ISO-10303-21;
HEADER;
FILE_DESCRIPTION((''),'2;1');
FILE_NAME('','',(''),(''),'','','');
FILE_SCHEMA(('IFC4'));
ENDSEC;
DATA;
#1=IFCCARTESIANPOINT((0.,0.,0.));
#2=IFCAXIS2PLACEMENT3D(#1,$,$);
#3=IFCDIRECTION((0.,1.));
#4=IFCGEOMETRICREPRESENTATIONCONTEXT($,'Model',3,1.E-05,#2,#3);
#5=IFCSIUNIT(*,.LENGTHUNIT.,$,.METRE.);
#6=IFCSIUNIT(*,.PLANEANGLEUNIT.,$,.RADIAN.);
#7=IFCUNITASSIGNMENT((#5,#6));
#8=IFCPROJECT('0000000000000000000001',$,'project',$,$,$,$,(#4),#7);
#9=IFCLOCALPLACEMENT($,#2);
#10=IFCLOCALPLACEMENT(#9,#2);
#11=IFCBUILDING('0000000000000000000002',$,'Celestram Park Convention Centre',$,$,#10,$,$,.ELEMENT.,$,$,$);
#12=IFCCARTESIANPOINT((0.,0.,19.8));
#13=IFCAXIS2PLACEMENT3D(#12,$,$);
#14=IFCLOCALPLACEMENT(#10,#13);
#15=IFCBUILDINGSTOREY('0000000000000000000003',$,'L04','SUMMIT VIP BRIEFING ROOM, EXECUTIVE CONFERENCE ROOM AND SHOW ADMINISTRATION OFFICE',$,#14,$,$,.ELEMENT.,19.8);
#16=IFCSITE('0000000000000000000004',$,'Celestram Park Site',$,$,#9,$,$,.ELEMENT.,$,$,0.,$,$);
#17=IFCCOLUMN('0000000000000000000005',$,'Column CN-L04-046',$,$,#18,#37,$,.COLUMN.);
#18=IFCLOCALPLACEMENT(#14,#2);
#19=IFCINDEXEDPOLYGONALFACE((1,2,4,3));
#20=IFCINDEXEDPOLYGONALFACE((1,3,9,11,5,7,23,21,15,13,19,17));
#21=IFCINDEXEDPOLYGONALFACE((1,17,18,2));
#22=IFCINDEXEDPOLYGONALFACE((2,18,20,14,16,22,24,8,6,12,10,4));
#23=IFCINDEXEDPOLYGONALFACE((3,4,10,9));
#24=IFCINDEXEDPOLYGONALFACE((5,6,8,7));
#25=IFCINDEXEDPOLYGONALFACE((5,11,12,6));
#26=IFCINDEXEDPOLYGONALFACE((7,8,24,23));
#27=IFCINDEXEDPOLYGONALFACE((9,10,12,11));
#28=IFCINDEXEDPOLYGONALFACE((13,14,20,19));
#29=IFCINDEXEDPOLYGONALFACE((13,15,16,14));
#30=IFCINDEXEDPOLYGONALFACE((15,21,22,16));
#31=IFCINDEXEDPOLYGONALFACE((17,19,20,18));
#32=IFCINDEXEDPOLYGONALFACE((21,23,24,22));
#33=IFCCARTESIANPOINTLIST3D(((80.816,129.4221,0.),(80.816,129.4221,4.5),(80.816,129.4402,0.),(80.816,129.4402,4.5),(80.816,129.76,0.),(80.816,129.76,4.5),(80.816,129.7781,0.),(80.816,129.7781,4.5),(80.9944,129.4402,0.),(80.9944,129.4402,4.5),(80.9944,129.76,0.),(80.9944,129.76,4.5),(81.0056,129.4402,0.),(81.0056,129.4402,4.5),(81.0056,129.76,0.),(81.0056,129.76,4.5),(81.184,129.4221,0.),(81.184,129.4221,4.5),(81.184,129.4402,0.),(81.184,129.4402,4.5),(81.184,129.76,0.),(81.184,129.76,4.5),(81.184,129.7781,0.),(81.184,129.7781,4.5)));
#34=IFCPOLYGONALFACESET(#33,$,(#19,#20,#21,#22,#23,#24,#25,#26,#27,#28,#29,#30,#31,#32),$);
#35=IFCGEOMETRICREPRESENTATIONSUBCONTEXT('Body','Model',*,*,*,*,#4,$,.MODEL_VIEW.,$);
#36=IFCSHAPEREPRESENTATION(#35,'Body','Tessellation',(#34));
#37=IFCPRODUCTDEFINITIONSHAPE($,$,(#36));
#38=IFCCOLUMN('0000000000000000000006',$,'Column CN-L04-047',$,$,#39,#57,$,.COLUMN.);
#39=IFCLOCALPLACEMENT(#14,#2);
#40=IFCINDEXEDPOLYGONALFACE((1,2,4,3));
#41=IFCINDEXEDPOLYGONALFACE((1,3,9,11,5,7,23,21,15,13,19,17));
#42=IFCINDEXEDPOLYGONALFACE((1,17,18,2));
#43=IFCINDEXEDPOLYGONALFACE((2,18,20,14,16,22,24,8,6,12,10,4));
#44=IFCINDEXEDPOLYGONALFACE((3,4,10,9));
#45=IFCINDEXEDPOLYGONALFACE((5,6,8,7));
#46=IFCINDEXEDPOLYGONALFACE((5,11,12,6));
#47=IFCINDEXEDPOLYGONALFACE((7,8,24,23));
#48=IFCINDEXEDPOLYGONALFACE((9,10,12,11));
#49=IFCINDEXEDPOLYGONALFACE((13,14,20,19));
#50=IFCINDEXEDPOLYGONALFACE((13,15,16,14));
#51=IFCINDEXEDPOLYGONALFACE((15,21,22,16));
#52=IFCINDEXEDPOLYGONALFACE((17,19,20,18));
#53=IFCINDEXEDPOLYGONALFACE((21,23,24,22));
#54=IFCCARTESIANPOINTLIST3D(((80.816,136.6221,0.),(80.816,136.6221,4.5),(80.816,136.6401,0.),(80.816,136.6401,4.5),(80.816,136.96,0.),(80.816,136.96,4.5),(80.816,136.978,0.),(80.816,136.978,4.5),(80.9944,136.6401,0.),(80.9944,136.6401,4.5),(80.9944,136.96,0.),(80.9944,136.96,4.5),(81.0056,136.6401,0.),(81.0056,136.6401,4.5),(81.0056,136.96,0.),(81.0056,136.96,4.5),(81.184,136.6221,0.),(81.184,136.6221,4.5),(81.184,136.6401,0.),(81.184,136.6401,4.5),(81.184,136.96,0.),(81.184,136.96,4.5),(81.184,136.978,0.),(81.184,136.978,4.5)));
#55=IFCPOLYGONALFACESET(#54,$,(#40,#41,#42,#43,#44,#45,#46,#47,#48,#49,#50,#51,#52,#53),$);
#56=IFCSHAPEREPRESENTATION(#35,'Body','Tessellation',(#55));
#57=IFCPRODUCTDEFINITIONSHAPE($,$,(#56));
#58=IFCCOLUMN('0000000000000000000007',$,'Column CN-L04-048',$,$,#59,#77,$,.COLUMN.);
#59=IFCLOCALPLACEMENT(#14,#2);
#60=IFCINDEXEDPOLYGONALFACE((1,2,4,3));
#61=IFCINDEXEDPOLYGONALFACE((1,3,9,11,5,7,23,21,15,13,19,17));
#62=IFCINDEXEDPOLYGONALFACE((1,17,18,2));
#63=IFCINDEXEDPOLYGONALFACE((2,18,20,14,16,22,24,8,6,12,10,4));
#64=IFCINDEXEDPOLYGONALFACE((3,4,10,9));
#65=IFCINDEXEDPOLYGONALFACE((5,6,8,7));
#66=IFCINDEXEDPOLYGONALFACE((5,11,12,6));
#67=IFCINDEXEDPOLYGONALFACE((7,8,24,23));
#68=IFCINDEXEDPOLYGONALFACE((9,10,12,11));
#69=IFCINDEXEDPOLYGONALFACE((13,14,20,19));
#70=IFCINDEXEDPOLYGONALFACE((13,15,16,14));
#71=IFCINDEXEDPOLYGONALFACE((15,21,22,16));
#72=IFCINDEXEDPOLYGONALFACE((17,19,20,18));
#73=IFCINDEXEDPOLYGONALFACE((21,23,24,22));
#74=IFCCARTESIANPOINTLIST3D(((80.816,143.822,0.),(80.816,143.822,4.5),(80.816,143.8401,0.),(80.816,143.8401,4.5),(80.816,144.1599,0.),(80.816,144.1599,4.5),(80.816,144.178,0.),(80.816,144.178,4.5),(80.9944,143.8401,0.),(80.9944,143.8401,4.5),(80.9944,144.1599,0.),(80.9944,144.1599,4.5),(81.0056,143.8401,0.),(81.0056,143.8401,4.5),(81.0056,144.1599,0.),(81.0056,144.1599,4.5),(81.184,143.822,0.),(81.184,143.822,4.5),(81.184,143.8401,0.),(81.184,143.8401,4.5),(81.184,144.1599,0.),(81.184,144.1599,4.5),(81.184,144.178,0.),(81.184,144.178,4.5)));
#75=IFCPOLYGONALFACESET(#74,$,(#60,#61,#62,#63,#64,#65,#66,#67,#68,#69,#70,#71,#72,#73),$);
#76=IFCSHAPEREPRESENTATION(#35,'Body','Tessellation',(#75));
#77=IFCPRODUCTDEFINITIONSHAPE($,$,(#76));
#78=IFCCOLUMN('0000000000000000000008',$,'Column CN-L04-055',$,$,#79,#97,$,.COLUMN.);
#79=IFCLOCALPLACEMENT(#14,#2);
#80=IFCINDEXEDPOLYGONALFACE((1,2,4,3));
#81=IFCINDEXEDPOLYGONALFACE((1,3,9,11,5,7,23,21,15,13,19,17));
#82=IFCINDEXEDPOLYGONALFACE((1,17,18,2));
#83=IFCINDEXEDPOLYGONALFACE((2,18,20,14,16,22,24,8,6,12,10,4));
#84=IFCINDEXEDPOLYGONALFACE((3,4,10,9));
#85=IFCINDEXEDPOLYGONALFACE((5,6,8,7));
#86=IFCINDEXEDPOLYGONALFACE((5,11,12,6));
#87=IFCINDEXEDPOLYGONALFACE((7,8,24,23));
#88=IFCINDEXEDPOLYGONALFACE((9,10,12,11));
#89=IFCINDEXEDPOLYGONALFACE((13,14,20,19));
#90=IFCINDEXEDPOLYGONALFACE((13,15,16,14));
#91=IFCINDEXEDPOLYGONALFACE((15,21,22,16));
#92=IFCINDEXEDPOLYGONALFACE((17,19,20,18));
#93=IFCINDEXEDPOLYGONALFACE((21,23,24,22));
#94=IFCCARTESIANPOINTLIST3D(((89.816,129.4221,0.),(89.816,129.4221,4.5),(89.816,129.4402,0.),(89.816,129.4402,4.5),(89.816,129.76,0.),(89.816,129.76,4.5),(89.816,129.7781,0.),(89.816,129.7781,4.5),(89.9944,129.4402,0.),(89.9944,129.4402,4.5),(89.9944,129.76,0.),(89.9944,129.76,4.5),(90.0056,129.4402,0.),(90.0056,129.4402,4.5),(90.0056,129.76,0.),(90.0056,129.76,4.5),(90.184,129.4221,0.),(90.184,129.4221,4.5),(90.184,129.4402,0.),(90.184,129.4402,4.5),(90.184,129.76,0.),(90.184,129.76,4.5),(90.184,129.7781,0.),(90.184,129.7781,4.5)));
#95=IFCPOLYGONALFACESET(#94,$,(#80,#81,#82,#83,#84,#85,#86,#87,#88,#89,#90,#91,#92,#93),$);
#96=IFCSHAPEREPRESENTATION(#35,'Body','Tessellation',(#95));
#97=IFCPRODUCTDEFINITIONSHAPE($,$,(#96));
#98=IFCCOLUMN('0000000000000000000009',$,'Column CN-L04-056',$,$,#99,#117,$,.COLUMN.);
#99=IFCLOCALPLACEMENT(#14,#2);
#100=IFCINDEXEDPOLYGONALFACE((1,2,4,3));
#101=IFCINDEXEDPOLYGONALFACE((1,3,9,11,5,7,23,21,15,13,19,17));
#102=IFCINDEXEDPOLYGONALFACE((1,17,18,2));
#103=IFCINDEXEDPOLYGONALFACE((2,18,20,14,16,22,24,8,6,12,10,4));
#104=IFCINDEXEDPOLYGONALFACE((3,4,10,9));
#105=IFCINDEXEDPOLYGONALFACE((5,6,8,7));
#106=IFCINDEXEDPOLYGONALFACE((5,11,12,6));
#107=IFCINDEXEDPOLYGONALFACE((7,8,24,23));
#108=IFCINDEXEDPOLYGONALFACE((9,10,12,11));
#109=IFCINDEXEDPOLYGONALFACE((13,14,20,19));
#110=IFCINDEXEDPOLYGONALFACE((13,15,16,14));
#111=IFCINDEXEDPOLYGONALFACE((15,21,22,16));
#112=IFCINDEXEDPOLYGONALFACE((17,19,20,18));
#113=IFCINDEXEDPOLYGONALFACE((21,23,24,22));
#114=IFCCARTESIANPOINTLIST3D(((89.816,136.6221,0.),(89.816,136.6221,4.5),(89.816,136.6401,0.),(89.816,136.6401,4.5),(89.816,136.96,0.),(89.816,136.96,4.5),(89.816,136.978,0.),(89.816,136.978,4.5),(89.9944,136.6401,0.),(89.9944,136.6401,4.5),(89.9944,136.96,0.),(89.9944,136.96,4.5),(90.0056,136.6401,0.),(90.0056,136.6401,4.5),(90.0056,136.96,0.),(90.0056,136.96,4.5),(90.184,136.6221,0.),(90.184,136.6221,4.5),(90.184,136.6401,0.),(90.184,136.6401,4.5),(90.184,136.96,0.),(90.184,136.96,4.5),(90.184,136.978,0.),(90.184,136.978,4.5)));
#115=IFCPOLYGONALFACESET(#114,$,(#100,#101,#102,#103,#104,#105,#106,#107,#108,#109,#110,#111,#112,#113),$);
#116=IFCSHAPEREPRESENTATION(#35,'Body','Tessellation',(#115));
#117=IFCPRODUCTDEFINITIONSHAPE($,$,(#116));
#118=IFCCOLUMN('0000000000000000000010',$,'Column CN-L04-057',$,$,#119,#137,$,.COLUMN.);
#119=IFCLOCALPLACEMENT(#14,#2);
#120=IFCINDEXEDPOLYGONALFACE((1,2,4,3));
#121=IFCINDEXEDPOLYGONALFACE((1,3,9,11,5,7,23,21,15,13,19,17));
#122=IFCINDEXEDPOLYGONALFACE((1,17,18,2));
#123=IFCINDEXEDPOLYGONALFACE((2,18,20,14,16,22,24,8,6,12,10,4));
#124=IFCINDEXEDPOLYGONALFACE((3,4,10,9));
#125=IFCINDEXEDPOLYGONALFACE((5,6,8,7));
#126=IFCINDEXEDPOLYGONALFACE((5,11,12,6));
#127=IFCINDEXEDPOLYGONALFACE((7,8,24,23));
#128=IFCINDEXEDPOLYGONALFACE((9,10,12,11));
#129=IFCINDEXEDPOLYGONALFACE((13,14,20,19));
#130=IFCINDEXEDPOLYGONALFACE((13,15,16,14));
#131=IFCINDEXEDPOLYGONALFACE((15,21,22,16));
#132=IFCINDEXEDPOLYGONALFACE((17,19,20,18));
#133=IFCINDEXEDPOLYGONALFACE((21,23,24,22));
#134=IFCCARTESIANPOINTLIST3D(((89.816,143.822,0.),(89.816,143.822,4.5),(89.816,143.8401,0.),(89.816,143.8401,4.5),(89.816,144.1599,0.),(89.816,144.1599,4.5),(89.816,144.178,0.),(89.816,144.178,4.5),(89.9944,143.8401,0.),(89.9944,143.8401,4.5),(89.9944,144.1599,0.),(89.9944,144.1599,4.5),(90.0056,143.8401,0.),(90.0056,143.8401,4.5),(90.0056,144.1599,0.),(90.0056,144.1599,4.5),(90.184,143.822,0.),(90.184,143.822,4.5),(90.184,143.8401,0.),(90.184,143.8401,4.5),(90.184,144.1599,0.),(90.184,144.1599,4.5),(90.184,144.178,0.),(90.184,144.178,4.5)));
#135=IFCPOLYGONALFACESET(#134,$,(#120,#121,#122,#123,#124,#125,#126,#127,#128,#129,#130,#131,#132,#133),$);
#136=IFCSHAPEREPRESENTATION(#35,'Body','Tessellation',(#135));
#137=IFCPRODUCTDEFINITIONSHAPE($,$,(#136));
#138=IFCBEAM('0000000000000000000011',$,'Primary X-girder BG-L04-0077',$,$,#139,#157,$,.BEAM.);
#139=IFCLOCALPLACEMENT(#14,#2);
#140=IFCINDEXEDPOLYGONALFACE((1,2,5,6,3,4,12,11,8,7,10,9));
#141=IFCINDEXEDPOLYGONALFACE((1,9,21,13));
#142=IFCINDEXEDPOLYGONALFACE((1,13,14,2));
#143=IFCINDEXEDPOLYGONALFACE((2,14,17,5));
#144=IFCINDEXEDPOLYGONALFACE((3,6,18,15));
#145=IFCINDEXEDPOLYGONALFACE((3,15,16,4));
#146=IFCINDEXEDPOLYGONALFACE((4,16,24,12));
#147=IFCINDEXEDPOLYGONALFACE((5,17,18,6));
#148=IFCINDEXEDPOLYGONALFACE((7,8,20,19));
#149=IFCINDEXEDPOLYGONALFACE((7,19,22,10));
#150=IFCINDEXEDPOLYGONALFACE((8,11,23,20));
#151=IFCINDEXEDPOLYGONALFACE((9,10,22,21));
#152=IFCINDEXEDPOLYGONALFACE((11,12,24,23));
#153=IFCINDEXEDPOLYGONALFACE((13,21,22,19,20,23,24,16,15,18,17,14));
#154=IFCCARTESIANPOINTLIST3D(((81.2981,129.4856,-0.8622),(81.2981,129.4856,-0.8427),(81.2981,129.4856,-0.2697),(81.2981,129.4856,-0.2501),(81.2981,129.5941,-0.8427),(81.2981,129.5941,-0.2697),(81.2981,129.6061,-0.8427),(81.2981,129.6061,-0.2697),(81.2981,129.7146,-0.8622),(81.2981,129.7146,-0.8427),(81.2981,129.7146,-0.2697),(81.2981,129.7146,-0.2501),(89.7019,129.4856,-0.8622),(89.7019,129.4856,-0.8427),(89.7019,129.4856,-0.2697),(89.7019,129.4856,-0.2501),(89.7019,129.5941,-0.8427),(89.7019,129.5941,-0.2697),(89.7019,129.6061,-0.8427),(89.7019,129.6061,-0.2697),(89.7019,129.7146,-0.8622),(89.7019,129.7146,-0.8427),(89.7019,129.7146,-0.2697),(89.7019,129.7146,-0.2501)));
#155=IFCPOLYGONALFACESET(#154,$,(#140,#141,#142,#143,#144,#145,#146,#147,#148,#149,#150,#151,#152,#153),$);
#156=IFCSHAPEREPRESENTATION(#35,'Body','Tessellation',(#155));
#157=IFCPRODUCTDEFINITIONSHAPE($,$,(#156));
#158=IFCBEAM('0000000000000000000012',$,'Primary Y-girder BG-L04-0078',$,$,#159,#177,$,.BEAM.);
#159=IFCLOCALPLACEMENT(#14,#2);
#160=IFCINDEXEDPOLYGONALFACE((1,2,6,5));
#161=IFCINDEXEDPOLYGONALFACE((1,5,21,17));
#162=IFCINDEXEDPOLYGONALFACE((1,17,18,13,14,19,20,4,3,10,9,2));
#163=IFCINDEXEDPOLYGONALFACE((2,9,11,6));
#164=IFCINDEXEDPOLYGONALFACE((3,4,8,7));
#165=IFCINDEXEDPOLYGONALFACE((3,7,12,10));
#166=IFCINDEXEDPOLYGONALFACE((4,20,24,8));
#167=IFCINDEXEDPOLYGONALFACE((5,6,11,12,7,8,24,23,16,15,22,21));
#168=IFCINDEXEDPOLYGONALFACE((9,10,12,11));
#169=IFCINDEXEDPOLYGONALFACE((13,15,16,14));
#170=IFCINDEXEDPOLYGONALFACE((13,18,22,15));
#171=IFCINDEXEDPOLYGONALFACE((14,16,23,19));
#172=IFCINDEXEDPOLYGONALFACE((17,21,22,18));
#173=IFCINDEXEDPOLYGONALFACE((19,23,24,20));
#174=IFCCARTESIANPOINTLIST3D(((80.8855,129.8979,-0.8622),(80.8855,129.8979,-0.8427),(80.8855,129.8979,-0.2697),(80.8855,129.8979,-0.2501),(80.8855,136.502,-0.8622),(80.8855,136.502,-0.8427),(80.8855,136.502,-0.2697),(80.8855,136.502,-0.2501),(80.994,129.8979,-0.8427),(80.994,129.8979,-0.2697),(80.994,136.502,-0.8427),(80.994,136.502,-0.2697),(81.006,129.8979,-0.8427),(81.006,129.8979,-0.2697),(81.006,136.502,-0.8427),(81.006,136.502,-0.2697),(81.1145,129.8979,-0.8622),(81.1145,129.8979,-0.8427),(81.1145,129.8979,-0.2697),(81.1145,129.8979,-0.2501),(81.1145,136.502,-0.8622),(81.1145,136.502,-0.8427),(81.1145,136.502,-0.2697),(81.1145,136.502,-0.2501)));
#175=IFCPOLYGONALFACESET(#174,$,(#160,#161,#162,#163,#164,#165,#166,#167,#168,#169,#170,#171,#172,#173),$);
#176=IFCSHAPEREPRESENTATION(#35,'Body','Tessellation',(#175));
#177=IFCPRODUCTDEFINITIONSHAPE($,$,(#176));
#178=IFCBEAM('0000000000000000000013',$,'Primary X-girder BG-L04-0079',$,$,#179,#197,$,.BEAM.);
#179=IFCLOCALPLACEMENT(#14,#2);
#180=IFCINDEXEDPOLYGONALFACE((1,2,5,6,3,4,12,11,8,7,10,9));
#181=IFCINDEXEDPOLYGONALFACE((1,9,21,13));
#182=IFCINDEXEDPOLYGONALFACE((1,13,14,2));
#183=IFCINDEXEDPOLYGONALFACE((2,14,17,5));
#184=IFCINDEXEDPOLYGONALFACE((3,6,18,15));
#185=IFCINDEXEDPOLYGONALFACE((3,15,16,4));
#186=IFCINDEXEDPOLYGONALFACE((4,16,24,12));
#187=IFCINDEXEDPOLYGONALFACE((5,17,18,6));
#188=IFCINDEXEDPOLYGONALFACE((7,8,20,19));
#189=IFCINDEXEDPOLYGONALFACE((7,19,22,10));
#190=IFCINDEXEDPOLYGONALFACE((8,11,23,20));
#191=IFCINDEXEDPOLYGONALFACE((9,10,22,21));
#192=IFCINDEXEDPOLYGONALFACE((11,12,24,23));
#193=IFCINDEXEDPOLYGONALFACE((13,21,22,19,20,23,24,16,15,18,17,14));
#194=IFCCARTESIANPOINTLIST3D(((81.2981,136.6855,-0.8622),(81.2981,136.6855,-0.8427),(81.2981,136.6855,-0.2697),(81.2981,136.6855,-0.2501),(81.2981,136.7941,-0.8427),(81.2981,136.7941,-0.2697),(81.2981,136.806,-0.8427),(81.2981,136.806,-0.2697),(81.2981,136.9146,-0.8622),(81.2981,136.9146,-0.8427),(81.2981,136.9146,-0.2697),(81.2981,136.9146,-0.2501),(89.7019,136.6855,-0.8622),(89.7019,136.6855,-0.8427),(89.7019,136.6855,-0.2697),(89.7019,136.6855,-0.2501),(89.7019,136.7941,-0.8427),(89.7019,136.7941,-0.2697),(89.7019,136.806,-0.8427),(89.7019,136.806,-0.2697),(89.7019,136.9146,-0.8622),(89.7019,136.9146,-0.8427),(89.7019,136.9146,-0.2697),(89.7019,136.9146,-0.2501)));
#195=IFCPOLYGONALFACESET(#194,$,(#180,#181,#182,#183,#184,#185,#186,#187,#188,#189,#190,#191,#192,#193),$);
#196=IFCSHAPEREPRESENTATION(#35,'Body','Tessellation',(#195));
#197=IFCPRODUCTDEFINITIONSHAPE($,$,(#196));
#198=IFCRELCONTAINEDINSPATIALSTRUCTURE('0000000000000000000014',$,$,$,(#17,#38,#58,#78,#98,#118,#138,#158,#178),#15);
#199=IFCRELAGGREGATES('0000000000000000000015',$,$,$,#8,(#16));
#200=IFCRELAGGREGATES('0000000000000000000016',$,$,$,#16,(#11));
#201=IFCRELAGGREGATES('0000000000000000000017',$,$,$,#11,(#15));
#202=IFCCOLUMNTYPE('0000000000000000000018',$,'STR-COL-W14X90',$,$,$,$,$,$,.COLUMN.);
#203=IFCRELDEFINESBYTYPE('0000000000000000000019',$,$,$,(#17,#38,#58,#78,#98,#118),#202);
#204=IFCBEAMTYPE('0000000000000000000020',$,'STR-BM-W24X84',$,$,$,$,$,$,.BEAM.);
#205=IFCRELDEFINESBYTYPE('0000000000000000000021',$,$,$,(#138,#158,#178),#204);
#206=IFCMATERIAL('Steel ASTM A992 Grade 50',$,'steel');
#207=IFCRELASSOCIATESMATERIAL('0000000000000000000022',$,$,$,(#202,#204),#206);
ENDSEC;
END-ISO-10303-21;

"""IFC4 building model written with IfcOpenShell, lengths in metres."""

from ifc_helpers import new_model, si_unit, direction, frame, origin, origin_2d, place, context, subcontext, project, spatial, i_section, extrude, material, material_profile, profile_set, type_object, element, save


model = new_model("IFC4")

# Units and contexts
model_context = context("Model", 3, precision=1e-05, world=origin(), true_north=direction((0.0, 1.0)))
body_context = subcontext(model_context, "Body", "Model", "MODEL_VIEW")
ifc_project = project(units=[si_unit("LENGTHUNIT", "METRE"), si_unit("PLANEANGLEUNIT", "RADIAN")], contexts=[model_context])

# Site, building, storey
site_placement = place(None, origin())
site = spatial("IfcSite", under=ifc_project, at=site_placement, Name="Celestram Park Site", CompositionType="ELEMENT", RefElevation=0.0)
building_placement = place(site_placement, origin())
building = spatial("IfcBuilding", under=site, at=building_placement, Name="Celestram Park Convention Centre", CompositionType="ELEMENT")
storey_placement = place(building_placement, frame((0.0, 0.0, 19.8)))
storey = spatial("IfcBuildingStorey", under=building, at=storey_placement, Name="L04", Description="SUMMIT VIP BRIEFING ROOM, EXECUTIVE CONFERENCE ROOM AND SHOW ADMINISTRATION OFFICE", CompositionType="ELEMENT", Elevation=19.8)

# Columns
ifc_material_1 = material(Name="Steel ASTM A992 Grade 50", Category="steel")
ifc_material_profile_1 = material_profile(ifc_material_1, i_section(OverallWidth=0.3679, OverallDepth=0.356, WebThickness=0.0112, FlangeThickness=0.0181, at=origin_2d()), Name="W14X90")
ifc_profile_set_1 = profile_set([ifc_material_profile_1], Name="Steel ASTM A992 Grade 50")
column_type = type_object("IfcColumnType", Name="STR-COL-W14X90", PredefinedType="COLUMN", material=ifc_profile_set_1)
for number, where, z_axis, x_axis, name in (
    (1, (81.0, 129.6001, 0.0), (0.0, 0.0, 1.0), (1.0, 0.0, 0.0), "Column CN-L04-046"),
    (2, (81.0, 136.8, 0.0), (0.0, 0.0, 1.0), (1.0, 0.0, 0.0), "Column CN-L04-047"),
    (3, (81.0, 144.0, 0.0), (0.0, 0.0, 1.0), (1.0, 0.0, 0.0), "Column CN-L04-048"),
    (4, (90.0, 129.6001, 0.0), (0.0, 0.0, 1.0), (1.0, 0.0, 0.0), "Column CN-L04-055"),
    (5, (90.0, 136.8, 0.0), (0.0, 0.0, 1.0), (1.0, 0.0, 0.0), "Column CN-L04-056"),
    (6, (90.0, 144.0, 0.0), (0.0, 0.0, 1.0), (1.0, 0.0, 0.0), "Column CN-L04-057"),
):
    element("IfcColumn", number, at=place(storey_placement, frame(where, z_axis=z_axis, x_axis=x_axis)), inside=storey, type_object=column_type, Name=name, PredefinedType="COLUMN", context=body_context, shape_type="SweptSolid", body=[
        extrude(i_section(OverallWidth=0.3679, OverallDepth=0.356, WebThickness=0.0112, FlangeThickness=0.0181, at=origin_2d()), origin(), (0.0, 0.0, 1.0), 4.5),
    ])

# Beams
ifc_material_profile_2 = material_profile(ifc_material_1, i_section(OverallWidth=0.229, OverallDepth=0.6121, WebThickness=0.012, FlangeThickness=0.0195, at=origin_2d()), Name="W24X84")
ifc_profile_set_2 = profile_set([ifc_material_profile_2], Name="Steel ASTM A992 Grade 50")
beam_type = type_object("IfcBeamType", Name="STR-BM-W24X84", PredefinedType="BEAM", material=ifc_profile_set_2)
beam_1_placement = place(storey_placement, frame((81.2981, 129.6001, -0.5562), z_axis=(1.0, 0.0, 0.0), x_axis=(0.0, 1.0, 0.0)))
element("IfcBeam", 7, at=beam_1_placement, inside=storey, type_object=beam_type, Name="Primary X-girder BG-L04-0077", PredefinedType="BEAM", context=body_context, shape_type="SweptSolid", body=[
    extrude(i_section(OverallWidth=0.229, OverallDepth=0.6121, WebThickness=0.012, FlangeThickness=0.0195, at=origin_2d()), origin(), (0.0, 0.0, 1.0), 8.4038),
])
beam_2_placement = place(storey_placement, frame((81.0, 129.8979, -0.5562), z_axis=(0.0, 1.0, 0.0), x_axis=(-1.0, 0.0, 0.0)))
element("IfcBeam", 8, at=beam_2_placement, inside=storey, type_object=beam_type, Name="Primary Y-girder BG-L04-0078", PredefinedType="BEAM", context=body_context, shape_type="SweptSolid", body=[
    extrude(i_section(OverallWidth=0.229, OverallDepth=0.6121, WebThickness=0.012, FlangeThickness=0.0195, at=origin_2d()), origin(), (0.0, 0.0, 1.0), 6.604),
])
beam_3_placement = place(storey_placement, frame((81.2981, 136.8, -0.5562), z_axis=(1.0, 0.0, 0.0), x_axis=(0.0, 1.0, 0.0)))
element("IfcBeam", 9, at=beam_3_placement, inside=storey, type_object=beam_type, Name="Primary X-girder BG-L04-0079", PredefinedType="BEAM", context=body_context, shape_type="SweptSolid", body=[
    extrude(i_section(OverallWidth=0.229, OverallDepth=0.6121, WebThickness=0.012, FlangeThickness=0.0195, at=origin_2d()), origin(), (0.0, 0.0, 1.0), 8.4038),
])

save(model, "model.ifc")
